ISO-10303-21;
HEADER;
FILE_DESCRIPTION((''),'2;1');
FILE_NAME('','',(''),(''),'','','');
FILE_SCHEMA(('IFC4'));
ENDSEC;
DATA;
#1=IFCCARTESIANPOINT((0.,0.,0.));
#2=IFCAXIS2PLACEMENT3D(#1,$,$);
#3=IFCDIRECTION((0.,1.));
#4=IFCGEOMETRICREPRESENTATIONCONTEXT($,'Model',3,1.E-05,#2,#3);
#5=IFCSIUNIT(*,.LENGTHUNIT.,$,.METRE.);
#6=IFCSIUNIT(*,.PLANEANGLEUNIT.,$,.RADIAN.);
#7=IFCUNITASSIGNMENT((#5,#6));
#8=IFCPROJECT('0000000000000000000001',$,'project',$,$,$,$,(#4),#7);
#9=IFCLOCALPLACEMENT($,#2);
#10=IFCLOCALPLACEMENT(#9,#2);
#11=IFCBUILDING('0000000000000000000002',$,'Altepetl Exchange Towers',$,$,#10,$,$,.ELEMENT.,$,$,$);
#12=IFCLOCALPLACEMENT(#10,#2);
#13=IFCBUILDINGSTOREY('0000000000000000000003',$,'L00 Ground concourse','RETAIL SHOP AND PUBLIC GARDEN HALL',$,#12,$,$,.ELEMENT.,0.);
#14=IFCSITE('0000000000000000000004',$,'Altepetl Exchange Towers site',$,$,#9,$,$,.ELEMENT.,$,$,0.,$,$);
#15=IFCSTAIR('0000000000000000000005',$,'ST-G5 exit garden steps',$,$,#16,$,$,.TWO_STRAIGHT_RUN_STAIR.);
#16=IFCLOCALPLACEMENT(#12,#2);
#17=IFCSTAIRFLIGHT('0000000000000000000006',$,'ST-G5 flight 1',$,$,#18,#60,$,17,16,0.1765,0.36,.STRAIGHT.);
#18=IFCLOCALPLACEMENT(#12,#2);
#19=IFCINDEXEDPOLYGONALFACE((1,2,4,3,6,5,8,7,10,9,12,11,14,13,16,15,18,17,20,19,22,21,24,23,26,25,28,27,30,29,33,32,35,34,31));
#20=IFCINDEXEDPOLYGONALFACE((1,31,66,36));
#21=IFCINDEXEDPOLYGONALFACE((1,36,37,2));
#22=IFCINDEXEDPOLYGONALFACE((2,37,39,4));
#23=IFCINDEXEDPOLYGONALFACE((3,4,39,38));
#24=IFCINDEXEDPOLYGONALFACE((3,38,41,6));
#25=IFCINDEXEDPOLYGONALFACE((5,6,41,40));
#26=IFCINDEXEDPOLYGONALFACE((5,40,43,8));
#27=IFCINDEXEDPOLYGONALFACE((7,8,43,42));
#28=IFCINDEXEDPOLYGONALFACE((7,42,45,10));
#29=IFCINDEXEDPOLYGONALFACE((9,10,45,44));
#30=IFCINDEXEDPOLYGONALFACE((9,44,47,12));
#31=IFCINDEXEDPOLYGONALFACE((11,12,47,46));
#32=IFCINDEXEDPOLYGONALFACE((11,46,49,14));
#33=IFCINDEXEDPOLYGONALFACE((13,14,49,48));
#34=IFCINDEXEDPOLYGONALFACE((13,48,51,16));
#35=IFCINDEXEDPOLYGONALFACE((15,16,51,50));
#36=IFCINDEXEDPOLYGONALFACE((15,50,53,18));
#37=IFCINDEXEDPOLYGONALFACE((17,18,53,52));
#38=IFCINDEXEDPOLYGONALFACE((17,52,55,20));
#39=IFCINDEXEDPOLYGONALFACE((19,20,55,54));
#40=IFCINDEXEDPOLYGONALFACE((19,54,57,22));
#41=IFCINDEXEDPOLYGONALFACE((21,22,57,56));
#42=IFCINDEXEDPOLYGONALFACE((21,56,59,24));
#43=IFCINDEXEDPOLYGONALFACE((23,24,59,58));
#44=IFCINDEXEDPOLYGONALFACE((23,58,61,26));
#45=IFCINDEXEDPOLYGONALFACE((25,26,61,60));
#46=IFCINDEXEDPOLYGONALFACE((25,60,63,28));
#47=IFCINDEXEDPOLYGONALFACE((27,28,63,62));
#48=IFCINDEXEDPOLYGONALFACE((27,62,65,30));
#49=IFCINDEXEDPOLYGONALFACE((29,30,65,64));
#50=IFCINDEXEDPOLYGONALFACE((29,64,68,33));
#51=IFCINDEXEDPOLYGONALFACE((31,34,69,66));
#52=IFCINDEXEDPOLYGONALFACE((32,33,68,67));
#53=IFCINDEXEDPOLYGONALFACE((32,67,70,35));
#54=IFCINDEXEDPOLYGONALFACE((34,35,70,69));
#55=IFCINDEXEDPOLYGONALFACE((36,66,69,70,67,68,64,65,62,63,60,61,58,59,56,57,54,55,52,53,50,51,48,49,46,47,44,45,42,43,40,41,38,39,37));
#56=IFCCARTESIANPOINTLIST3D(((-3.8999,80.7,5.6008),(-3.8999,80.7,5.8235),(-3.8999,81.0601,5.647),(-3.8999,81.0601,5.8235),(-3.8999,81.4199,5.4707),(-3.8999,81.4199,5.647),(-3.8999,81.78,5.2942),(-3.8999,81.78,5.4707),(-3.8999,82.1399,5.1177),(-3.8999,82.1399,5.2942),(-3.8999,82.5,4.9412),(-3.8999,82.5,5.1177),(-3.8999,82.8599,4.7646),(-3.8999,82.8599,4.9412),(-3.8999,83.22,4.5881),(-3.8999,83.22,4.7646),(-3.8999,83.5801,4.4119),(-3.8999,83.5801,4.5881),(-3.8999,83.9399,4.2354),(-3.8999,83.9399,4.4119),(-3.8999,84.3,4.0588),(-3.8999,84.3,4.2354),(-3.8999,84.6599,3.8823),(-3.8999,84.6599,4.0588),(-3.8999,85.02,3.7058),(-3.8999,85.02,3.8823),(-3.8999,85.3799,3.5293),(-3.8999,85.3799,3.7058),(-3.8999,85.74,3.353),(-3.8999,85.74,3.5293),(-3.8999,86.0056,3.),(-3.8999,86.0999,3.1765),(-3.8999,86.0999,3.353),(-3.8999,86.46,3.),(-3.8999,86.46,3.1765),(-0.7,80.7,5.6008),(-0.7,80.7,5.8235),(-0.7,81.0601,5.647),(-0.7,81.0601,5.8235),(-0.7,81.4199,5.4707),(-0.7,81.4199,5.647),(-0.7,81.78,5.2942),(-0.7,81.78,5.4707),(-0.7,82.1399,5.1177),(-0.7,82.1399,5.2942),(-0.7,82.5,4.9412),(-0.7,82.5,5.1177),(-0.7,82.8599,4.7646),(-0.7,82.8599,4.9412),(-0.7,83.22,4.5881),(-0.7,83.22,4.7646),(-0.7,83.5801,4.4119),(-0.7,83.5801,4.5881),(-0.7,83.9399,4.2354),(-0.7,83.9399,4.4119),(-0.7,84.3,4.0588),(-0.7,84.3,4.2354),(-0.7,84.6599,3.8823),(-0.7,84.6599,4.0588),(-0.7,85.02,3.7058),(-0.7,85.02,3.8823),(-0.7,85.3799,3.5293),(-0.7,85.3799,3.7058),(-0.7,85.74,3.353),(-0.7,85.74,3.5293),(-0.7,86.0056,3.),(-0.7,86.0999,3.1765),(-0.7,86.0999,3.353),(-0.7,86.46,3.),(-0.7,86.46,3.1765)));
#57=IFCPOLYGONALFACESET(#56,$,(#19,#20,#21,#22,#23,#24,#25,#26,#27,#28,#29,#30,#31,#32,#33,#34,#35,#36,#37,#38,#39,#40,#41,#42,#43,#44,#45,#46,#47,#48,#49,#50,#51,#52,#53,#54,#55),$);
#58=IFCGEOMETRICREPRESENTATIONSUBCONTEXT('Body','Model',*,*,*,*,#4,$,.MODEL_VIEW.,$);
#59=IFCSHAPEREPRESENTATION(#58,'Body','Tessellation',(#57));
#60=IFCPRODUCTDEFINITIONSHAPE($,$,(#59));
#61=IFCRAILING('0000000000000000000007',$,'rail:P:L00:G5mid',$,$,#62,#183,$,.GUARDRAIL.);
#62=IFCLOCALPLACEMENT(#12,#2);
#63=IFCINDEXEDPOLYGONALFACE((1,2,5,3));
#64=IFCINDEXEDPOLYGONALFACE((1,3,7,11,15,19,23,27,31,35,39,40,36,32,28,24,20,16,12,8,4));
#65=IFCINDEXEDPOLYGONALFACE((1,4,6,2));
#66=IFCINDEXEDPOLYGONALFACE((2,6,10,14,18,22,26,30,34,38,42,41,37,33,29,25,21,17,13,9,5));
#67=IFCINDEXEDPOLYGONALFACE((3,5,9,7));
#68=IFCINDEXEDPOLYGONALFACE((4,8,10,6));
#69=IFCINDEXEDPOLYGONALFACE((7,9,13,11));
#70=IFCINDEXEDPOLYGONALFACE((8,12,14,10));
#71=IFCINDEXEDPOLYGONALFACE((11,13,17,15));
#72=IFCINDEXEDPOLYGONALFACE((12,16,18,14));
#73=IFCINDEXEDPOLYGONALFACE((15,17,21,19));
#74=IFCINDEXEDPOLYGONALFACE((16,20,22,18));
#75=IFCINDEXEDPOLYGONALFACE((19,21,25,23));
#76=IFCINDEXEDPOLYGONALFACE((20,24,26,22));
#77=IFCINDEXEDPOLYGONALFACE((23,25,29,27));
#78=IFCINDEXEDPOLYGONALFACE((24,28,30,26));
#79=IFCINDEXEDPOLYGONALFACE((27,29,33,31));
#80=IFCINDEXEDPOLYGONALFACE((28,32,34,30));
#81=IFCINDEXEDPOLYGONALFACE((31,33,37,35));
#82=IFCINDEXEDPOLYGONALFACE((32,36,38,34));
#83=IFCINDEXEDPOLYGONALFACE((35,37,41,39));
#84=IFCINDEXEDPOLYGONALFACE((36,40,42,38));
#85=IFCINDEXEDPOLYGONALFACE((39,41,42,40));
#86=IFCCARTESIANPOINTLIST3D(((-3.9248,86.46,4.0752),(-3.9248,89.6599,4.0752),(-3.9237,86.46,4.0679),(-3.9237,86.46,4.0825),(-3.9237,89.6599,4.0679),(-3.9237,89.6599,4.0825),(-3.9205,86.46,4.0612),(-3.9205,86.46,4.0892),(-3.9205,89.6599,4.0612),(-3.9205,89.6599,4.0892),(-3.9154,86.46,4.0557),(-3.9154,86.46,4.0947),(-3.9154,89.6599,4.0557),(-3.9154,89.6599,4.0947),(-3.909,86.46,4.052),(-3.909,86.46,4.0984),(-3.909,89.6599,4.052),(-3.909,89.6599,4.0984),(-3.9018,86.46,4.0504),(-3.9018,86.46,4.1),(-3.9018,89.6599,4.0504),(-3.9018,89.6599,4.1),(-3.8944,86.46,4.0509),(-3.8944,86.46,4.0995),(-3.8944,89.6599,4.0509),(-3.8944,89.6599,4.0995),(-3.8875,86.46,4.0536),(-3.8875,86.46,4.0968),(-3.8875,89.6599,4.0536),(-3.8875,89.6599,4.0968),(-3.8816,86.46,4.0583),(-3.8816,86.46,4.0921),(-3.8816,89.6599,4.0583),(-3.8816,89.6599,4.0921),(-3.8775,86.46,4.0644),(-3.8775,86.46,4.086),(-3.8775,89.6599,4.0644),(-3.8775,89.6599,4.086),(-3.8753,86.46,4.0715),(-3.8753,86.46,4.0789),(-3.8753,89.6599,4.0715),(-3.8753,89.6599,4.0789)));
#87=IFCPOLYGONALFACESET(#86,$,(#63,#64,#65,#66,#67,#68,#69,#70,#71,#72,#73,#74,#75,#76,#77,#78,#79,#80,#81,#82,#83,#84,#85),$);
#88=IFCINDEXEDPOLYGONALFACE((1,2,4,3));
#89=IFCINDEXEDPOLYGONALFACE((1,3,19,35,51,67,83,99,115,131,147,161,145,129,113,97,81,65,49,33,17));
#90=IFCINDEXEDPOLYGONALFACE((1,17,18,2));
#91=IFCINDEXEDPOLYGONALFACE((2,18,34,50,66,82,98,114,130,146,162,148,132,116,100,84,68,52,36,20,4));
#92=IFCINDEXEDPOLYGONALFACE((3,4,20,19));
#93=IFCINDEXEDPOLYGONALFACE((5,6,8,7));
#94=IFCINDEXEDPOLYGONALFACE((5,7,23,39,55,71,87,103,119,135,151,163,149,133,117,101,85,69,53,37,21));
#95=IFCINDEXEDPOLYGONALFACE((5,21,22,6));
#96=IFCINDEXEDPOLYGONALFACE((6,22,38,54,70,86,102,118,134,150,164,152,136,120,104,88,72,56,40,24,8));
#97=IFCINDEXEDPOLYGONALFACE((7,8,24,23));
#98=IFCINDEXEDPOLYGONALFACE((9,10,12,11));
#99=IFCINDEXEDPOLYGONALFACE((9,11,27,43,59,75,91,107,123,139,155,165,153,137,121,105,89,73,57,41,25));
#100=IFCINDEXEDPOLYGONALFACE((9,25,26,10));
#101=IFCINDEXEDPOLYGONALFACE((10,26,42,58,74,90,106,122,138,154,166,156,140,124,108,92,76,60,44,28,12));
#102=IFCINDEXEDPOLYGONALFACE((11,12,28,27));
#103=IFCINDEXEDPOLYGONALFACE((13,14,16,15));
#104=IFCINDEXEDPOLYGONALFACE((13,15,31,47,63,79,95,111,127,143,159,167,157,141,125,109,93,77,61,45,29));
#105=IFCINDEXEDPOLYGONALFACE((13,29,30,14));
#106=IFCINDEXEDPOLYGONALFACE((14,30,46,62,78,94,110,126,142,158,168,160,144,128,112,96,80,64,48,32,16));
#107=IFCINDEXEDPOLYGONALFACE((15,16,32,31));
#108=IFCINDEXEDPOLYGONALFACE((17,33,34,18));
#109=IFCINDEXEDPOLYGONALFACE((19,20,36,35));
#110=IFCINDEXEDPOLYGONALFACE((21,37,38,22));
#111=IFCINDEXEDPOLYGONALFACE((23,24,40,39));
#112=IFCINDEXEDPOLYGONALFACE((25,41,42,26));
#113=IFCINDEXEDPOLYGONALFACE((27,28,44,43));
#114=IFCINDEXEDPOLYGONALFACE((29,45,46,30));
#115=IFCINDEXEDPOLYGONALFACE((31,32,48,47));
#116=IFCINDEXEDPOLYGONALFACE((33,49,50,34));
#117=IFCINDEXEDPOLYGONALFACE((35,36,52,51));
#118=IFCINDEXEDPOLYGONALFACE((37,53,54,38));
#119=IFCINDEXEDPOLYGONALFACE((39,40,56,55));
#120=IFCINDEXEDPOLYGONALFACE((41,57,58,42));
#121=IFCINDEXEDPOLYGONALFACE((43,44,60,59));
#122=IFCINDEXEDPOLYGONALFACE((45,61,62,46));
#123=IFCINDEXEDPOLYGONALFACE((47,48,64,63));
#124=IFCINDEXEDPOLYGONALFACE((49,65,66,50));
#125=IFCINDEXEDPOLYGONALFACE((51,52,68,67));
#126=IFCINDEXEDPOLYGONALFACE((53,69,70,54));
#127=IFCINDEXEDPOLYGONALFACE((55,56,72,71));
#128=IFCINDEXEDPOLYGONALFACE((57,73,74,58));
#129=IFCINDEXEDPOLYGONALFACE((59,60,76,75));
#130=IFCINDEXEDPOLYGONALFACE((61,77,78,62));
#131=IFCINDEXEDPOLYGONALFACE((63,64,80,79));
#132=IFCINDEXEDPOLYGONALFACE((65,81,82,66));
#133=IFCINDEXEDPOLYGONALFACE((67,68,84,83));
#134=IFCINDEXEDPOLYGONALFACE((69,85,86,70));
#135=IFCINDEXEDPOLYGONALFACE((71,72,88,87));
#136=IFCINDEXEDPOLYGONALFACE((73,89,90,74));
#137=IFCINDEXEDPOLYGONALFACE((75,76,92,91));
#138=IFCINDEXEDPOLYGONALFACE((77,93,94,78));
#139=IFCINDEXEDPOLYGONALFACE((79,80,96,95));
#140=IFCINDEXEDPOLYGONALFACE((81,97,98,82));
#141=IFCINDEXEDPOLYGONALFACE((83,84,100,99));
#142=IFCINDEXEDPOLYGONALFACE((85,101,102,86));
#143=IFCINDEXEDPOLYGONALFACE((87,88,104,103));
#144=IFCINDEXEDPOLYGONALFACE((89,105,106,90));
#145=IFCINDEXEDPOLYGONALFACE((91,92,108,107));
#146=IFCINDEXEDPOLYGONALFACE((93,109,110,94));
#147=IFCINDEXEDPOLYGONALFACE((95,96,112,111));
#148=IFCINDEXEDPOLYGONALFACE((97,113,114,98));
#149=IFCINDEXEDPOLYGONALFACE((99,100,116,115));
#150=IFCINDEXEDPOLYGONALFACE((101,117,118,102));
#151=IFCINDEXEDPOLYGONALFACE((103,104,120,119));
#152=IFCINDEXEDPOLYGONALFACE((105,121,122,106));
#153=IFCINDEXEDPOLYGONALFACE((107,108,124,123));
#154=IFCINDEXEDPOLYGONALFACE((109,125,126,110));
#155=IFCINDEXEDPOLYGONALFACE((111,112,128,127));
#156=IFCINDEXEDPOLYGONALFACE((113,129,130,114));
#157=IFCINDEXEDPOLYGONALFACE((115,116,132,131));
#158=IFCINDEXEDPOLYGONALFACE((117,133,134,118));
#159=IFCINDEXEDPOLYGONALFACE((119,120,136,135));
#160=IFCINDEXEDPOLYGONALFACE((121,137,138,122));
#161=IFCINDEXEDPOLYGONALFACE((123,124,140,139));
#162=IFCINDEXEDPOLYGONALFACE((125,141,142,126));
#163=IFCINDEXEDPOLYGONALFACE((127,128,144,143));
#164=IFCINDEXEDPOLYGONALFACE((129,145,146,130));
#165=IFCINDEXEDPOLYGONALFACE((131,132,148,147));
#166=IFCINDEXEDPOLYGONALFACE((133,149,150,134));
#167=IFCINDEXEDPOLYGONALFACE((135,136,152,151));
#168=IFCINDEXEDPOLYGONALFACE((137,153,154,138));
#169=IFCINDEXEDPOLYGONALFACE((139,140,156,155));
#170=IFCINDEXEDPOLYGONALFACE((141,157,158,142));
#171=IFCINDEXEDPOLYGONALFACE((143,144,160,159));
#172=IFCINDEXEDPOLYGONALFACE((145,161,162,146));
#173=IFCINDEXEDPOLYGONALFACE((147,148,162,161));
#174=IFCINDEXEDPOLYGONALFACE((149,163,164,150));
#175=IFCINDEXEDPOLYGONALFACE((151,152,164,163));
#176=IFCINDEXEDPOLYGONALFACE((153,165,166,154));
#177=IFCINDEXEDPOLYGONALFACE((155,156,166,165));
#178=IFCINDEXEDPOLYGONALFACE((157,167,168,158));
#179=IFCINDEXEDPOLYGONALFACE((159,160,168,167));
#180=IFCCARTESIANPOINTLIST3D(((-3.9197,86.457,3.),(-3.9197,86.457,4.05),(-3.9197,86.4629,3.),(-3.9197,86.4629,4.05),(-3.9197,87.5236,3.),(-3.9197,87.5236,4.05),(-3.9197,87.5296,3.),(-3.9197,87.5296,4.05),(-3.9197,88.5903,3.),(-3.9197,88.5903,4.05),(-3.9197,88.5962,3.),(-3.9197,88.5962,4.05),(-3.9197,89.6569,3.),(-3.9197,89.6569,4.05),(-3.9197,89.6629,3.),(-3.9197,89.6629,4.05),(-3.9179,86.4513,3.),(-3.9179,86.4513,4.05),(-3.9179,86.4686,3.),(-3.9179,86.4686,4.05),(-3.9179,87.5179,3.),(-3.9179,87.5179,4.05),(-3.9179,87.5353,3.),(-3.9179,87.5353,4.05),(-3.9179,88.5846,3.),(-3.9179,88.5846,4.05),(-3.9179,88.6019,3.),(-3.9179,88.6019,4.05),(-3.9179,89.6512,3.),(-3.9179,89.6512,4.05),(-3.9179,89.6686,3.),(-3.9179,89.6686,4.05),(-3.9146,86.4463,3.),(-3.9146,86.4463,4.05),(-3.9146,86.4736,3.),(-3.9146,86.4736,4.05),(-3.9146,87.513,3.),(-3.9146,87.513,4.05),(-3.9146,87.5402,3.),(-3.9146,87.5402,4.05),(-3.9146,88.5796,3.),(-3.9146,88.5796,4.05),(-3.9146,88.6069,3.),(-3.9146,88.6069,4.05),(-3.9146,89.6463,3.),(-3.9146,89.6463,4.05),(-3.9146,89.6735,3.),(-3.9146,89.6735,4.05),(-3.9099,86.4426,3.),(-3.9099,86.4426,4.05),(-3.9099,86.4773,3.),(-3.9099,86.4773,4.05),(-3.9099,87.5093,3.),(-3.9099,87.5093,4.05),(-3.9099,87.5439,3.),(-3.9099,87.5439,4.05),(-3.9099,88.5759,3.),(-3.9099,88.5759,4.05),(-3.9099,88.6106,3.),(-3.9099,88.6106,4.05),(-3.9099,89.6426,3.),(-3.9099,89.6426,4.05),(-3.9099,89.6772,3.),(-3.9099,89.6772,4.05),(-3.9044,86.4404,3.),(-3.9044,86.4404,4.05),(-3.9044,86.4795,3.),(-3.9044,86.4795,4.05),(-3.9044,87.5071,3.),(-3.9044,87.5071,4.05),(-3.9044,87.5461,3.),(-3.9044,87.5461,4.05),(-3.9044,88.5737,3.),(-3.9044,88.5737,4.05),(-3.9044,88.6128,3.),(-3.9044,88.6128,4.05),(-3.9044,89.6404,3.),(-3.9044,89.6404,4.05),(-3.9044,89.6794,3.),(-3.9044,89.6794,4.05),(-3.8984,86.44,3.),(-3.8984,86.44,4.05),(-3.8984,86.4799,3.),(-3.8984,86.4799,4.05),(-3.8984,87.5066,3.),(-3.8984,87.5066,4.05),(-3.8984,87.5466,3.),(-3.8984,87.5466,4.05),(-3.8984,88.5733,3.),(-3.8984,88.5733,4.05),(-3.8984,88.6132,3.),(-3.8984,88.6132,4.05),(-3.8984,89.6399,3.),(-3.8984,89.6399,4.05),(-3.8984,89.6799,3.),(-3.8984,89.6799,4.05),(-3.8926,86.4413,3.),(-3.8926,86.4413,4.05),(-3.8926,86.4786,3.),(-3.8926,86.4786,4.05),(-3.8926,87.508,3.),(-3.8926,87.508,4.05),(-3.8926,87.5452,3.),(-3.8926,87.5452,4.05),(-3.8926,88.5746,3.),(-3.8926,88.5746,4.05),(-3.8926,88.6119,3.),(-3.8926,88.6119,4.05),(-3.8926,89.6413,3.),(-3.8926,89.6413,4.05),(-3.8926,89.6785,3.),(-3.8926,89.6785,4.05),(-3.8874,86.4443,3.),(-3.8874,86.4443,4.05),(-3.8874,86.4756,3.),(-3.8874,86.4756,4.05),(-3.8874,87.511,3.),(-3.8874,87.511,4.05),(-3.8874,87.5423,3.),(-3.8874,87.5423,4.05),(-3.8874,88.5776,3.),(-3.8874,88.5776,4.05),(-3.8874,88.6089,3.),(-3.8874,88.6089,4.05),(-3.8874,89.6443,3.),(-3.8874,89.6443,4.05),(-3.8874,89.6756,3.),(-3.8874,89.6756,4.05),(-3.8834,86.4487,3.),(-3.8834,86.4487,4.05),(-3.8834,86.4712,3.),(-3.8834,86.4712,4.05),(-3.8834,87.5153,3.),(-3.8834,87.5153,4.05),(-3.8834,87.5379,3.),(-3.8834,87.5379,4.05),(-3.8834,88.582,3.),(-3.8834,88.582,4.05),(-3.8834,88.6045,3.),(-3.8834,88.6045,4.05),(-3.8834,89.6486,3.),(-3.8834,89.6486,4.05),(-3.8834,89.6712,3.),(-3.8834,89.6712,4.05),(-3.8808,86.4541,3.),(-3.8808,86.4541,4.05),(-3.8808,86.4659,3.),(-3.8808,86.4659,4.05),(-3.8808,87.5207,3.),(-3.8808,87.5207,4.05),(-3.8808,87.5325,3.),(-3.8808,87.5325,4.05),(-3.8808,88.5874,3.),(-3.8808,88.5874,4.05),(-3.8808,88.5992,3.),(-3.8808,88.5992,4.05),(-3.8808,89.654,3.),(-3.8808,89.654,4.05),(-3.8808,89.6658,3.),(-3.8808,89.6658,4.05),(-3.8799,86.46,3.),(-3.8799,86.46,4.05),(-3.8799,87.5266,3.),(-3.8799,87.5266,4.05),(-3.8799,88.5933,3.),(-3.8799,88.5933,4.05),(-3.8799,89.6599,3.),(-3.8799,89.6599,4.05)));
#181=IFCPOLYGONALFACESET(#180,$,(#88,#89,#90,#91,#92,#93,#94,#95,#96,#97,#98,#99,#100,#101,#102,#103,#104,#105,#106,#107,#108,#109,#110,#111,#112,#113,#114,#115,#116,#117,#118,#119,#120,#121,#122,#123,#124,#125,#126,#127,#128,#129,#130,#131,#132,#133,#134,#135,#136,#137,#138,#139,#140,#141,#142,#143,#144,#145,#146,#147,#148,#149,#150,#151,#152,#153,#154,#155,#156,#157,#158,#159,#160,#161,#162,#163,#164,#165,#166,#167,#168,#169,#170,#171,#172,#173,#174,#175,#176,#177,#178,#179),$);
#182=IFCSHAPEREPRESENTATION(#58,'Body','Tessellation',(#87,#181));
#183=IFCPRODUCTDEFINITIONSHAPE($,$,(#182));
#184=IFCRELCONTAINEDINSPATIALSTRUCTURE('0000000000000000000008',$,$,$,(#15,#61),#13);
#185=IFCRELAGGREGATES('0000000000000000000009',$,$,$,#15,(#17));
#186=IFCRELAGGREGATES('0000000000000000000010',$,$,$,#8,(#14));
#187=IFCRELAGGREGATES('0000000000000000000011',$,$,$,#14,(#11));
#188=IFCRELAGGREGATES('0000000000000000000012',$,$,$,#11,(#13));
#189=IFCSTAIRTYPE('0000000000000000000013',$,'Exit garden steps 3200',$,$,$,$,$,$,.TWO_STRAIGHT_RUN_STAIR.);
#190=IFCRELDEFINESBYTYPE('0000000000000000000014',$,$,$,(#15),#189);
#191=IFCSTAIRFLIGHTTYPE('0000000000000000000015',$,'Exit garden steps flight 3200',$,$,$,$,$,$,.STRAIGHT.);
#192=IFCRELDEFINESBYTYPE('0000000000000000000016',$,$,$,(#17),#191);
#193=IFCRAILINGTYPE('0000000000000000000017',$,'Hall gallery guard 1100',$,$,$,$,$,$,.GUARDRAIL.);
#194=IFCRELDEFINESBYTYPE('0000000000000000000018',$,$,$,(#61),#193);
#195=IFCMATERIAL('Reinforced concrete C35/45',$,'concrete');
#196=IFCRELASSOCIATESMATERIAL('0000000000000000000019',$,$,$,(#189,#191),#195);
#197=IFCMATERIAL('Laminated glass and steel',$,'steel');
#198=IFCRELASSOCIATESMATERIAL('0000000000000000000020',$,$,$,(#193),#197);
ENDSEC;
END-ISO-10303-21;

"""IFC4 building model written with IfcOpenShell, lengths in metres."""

from ifc_helpers import new_model, si_unit, direction, frame, origin, origin_2d, place, context, subcontext, project, spatial, polyline, circle, outline, extrude, source, transform, mapped, material, type_object, element, aggregate, save


model = new_model("IFC4")

# Units and contexts
model_context = context("Model", 3, precision=1e-05, world=origin(), true_north=direction((0.0, 1.0)))
body_context = subcontext(model_context, "Body", "Model", "MODEL_VIEW")
ifc_project = project(units=[si_unit("LENGTHUNIT", "METRE"), si_unit("PLANEANGLEUNIT", "RADIAN")], contexts=[model_context])

# Site, building, storey
site_placement = place(None, origin())
site = spatial("IfcSite", under=ifc_project, at=site_placement, Name="Altepetl Exchange Towers site", CompositionType="ELEMENT", RefElevation=0.0)
building_placement = place(site_placement, origin())
building = spatial("IfcBuilding", under=site, at=building_placement, Name="Altepetl Exchange Towers", CompositionType="ELEMENT")
storey_placement = place(building_placement, origin())
storey = spatial("IfcBuildingStorey", under=building, at=storey_placement, Name="L00 Ground concourse", Description="RETAIL SHOP AND PUBLIC GARDEN HALL", CompositionType="ELEMENT", Elevation=0.0)

# Stair, stair flight
ifc_material_1 = material(Name="Reinforced concrete C35/45", Category="concrete")
stair_type = type_object("IfcStairType", Name="Exit garden steps 3200", PredefinedType="TWO_STRAIGHT_RUN_STAIR", material=ifc_material_1)
stair_placement = place(storey_placement, origin())
stair = element("IfcStair", 1, at=stair_placement, inside=storey, type_object=stair_type, Name="ST-G5 exit garden steps", PredefinedType="TWO_STRAIGHT_RUN_STAIR")
stair_flight_type = type_object("IfcStairFlightType", Name="Exit garden steps flight 3200", PredefinedType="STRAIGHT", material=ifc_material_1)
stair_flight_placement = place(storey_placement, frame((-2.3, 86.46, 3.0), z_axis=(0.0, 0.0, 1.0), x_axis=(0.0, -1.0, 0.0)))
stair_flight = element("IfcStairFlight", 2, at=stair_flight_placement, type_object=stair_flight_type, Name="ST-G5 flight 1", NumberOfRisers=17, NumberOfTreads=16, PredefinedType="STRAIGHT", RiserHeight=0.1765, TreadLength=0.36, context=body_context, shape_type="SweptSolid", body=[
    extrude(outline(polyline([(0.0, 0.0), (0.0, 0.1765), (0.3601, 0.1765), (0.3601, 0.353), (0.72, 0.353), (0.72, 0.5293), (1.0801, 0.5293), (1.0801, 0.7058), (1.4399, 0.7058), (1.4399, 0.8823), (1.8, 0.8823), (1.8, 1.0588), (2.1599, 1.0588), (2.1599, 1.2354), (2.52, 1.2354), (2.52, 1.4119), (2.8799, 1.4119), (2.8799, 1.5881), (3.24, 1.5881), (3.24, 1.7646), (3.6001, 1.7646), (3.6001, 1.9412), (3.96, 1.9412), (3.96, 2.1177), (4.3201, 2.1177), (4.3201, 2.2942), (4.6799, 2.2942), (4.6799, 2.4707), (5.04, 2.4707), (5.04, 2.647), (5.3999, 2.647), (5.3999, 2.8235), (5.76, 2.8235), (5.76, 3.0), (5.76, 2.6008), (0.4543, 0.0), (0.0, 0.0)])), frame((0.0, 1.6001, 0.0), z_axis=(0.0, -1.0, 0.0), x_axis=(1.0, 0.0, 0.0)), (0.0, 0.0, 1.0), 3.2),
])
aggregate(stair, [stair_flight])

# Railing
ifc_material_2 = material(Name="Laminated glass and steel", Category="steel")
railing_type_1 = type_object("IfcRailingType", Name="Hall gallery guard 1100", PredefinedType="GUARDRAIL", material=ifc_material_2)
shared_shape_1 = source(origin(), body_context, "Body", "SweptSolid", [
    extrude(circle(Radius=0.02, at=origin_2d()), origin(), (0.0, 0.0, 1.0), 1.05),
])
for number, where, name in (
    (3, (-3.8999, 86.46, 3.0), "rail:P:L00:G5mid"),
):
    element("IfcRailing", number, at=place(storey_placement, frame(where)), inside=storey, type_object=railing_type_1, Name=name, PredefinedType="GUARDRAIL", context=body_context, shape_type="SweptSolid", body=[
        extrude(circle(Radius=0.0249, at=origin_2d()), frame((0.0, 0.0, 1.0752), z_axis=(0.0, 1.0, 0.0), x_axis=(-1.0, 0.0, 0.0)), (0.0, 0.0, 1.0), 3.2),
        mapped(shared_shape_1, transform((0.0, 0.0, 0.0))),
        mapped(shared_shape_1, transform((0.0, 1.0667, 0.0))),
        mapped(shared_shape_1, transform((0.0, 2.1333, 0.0))),
        mapped(shared_shape_1, transform((0.0, 3.2, 0.0))),
    ])

save(model, "model.ifc")
